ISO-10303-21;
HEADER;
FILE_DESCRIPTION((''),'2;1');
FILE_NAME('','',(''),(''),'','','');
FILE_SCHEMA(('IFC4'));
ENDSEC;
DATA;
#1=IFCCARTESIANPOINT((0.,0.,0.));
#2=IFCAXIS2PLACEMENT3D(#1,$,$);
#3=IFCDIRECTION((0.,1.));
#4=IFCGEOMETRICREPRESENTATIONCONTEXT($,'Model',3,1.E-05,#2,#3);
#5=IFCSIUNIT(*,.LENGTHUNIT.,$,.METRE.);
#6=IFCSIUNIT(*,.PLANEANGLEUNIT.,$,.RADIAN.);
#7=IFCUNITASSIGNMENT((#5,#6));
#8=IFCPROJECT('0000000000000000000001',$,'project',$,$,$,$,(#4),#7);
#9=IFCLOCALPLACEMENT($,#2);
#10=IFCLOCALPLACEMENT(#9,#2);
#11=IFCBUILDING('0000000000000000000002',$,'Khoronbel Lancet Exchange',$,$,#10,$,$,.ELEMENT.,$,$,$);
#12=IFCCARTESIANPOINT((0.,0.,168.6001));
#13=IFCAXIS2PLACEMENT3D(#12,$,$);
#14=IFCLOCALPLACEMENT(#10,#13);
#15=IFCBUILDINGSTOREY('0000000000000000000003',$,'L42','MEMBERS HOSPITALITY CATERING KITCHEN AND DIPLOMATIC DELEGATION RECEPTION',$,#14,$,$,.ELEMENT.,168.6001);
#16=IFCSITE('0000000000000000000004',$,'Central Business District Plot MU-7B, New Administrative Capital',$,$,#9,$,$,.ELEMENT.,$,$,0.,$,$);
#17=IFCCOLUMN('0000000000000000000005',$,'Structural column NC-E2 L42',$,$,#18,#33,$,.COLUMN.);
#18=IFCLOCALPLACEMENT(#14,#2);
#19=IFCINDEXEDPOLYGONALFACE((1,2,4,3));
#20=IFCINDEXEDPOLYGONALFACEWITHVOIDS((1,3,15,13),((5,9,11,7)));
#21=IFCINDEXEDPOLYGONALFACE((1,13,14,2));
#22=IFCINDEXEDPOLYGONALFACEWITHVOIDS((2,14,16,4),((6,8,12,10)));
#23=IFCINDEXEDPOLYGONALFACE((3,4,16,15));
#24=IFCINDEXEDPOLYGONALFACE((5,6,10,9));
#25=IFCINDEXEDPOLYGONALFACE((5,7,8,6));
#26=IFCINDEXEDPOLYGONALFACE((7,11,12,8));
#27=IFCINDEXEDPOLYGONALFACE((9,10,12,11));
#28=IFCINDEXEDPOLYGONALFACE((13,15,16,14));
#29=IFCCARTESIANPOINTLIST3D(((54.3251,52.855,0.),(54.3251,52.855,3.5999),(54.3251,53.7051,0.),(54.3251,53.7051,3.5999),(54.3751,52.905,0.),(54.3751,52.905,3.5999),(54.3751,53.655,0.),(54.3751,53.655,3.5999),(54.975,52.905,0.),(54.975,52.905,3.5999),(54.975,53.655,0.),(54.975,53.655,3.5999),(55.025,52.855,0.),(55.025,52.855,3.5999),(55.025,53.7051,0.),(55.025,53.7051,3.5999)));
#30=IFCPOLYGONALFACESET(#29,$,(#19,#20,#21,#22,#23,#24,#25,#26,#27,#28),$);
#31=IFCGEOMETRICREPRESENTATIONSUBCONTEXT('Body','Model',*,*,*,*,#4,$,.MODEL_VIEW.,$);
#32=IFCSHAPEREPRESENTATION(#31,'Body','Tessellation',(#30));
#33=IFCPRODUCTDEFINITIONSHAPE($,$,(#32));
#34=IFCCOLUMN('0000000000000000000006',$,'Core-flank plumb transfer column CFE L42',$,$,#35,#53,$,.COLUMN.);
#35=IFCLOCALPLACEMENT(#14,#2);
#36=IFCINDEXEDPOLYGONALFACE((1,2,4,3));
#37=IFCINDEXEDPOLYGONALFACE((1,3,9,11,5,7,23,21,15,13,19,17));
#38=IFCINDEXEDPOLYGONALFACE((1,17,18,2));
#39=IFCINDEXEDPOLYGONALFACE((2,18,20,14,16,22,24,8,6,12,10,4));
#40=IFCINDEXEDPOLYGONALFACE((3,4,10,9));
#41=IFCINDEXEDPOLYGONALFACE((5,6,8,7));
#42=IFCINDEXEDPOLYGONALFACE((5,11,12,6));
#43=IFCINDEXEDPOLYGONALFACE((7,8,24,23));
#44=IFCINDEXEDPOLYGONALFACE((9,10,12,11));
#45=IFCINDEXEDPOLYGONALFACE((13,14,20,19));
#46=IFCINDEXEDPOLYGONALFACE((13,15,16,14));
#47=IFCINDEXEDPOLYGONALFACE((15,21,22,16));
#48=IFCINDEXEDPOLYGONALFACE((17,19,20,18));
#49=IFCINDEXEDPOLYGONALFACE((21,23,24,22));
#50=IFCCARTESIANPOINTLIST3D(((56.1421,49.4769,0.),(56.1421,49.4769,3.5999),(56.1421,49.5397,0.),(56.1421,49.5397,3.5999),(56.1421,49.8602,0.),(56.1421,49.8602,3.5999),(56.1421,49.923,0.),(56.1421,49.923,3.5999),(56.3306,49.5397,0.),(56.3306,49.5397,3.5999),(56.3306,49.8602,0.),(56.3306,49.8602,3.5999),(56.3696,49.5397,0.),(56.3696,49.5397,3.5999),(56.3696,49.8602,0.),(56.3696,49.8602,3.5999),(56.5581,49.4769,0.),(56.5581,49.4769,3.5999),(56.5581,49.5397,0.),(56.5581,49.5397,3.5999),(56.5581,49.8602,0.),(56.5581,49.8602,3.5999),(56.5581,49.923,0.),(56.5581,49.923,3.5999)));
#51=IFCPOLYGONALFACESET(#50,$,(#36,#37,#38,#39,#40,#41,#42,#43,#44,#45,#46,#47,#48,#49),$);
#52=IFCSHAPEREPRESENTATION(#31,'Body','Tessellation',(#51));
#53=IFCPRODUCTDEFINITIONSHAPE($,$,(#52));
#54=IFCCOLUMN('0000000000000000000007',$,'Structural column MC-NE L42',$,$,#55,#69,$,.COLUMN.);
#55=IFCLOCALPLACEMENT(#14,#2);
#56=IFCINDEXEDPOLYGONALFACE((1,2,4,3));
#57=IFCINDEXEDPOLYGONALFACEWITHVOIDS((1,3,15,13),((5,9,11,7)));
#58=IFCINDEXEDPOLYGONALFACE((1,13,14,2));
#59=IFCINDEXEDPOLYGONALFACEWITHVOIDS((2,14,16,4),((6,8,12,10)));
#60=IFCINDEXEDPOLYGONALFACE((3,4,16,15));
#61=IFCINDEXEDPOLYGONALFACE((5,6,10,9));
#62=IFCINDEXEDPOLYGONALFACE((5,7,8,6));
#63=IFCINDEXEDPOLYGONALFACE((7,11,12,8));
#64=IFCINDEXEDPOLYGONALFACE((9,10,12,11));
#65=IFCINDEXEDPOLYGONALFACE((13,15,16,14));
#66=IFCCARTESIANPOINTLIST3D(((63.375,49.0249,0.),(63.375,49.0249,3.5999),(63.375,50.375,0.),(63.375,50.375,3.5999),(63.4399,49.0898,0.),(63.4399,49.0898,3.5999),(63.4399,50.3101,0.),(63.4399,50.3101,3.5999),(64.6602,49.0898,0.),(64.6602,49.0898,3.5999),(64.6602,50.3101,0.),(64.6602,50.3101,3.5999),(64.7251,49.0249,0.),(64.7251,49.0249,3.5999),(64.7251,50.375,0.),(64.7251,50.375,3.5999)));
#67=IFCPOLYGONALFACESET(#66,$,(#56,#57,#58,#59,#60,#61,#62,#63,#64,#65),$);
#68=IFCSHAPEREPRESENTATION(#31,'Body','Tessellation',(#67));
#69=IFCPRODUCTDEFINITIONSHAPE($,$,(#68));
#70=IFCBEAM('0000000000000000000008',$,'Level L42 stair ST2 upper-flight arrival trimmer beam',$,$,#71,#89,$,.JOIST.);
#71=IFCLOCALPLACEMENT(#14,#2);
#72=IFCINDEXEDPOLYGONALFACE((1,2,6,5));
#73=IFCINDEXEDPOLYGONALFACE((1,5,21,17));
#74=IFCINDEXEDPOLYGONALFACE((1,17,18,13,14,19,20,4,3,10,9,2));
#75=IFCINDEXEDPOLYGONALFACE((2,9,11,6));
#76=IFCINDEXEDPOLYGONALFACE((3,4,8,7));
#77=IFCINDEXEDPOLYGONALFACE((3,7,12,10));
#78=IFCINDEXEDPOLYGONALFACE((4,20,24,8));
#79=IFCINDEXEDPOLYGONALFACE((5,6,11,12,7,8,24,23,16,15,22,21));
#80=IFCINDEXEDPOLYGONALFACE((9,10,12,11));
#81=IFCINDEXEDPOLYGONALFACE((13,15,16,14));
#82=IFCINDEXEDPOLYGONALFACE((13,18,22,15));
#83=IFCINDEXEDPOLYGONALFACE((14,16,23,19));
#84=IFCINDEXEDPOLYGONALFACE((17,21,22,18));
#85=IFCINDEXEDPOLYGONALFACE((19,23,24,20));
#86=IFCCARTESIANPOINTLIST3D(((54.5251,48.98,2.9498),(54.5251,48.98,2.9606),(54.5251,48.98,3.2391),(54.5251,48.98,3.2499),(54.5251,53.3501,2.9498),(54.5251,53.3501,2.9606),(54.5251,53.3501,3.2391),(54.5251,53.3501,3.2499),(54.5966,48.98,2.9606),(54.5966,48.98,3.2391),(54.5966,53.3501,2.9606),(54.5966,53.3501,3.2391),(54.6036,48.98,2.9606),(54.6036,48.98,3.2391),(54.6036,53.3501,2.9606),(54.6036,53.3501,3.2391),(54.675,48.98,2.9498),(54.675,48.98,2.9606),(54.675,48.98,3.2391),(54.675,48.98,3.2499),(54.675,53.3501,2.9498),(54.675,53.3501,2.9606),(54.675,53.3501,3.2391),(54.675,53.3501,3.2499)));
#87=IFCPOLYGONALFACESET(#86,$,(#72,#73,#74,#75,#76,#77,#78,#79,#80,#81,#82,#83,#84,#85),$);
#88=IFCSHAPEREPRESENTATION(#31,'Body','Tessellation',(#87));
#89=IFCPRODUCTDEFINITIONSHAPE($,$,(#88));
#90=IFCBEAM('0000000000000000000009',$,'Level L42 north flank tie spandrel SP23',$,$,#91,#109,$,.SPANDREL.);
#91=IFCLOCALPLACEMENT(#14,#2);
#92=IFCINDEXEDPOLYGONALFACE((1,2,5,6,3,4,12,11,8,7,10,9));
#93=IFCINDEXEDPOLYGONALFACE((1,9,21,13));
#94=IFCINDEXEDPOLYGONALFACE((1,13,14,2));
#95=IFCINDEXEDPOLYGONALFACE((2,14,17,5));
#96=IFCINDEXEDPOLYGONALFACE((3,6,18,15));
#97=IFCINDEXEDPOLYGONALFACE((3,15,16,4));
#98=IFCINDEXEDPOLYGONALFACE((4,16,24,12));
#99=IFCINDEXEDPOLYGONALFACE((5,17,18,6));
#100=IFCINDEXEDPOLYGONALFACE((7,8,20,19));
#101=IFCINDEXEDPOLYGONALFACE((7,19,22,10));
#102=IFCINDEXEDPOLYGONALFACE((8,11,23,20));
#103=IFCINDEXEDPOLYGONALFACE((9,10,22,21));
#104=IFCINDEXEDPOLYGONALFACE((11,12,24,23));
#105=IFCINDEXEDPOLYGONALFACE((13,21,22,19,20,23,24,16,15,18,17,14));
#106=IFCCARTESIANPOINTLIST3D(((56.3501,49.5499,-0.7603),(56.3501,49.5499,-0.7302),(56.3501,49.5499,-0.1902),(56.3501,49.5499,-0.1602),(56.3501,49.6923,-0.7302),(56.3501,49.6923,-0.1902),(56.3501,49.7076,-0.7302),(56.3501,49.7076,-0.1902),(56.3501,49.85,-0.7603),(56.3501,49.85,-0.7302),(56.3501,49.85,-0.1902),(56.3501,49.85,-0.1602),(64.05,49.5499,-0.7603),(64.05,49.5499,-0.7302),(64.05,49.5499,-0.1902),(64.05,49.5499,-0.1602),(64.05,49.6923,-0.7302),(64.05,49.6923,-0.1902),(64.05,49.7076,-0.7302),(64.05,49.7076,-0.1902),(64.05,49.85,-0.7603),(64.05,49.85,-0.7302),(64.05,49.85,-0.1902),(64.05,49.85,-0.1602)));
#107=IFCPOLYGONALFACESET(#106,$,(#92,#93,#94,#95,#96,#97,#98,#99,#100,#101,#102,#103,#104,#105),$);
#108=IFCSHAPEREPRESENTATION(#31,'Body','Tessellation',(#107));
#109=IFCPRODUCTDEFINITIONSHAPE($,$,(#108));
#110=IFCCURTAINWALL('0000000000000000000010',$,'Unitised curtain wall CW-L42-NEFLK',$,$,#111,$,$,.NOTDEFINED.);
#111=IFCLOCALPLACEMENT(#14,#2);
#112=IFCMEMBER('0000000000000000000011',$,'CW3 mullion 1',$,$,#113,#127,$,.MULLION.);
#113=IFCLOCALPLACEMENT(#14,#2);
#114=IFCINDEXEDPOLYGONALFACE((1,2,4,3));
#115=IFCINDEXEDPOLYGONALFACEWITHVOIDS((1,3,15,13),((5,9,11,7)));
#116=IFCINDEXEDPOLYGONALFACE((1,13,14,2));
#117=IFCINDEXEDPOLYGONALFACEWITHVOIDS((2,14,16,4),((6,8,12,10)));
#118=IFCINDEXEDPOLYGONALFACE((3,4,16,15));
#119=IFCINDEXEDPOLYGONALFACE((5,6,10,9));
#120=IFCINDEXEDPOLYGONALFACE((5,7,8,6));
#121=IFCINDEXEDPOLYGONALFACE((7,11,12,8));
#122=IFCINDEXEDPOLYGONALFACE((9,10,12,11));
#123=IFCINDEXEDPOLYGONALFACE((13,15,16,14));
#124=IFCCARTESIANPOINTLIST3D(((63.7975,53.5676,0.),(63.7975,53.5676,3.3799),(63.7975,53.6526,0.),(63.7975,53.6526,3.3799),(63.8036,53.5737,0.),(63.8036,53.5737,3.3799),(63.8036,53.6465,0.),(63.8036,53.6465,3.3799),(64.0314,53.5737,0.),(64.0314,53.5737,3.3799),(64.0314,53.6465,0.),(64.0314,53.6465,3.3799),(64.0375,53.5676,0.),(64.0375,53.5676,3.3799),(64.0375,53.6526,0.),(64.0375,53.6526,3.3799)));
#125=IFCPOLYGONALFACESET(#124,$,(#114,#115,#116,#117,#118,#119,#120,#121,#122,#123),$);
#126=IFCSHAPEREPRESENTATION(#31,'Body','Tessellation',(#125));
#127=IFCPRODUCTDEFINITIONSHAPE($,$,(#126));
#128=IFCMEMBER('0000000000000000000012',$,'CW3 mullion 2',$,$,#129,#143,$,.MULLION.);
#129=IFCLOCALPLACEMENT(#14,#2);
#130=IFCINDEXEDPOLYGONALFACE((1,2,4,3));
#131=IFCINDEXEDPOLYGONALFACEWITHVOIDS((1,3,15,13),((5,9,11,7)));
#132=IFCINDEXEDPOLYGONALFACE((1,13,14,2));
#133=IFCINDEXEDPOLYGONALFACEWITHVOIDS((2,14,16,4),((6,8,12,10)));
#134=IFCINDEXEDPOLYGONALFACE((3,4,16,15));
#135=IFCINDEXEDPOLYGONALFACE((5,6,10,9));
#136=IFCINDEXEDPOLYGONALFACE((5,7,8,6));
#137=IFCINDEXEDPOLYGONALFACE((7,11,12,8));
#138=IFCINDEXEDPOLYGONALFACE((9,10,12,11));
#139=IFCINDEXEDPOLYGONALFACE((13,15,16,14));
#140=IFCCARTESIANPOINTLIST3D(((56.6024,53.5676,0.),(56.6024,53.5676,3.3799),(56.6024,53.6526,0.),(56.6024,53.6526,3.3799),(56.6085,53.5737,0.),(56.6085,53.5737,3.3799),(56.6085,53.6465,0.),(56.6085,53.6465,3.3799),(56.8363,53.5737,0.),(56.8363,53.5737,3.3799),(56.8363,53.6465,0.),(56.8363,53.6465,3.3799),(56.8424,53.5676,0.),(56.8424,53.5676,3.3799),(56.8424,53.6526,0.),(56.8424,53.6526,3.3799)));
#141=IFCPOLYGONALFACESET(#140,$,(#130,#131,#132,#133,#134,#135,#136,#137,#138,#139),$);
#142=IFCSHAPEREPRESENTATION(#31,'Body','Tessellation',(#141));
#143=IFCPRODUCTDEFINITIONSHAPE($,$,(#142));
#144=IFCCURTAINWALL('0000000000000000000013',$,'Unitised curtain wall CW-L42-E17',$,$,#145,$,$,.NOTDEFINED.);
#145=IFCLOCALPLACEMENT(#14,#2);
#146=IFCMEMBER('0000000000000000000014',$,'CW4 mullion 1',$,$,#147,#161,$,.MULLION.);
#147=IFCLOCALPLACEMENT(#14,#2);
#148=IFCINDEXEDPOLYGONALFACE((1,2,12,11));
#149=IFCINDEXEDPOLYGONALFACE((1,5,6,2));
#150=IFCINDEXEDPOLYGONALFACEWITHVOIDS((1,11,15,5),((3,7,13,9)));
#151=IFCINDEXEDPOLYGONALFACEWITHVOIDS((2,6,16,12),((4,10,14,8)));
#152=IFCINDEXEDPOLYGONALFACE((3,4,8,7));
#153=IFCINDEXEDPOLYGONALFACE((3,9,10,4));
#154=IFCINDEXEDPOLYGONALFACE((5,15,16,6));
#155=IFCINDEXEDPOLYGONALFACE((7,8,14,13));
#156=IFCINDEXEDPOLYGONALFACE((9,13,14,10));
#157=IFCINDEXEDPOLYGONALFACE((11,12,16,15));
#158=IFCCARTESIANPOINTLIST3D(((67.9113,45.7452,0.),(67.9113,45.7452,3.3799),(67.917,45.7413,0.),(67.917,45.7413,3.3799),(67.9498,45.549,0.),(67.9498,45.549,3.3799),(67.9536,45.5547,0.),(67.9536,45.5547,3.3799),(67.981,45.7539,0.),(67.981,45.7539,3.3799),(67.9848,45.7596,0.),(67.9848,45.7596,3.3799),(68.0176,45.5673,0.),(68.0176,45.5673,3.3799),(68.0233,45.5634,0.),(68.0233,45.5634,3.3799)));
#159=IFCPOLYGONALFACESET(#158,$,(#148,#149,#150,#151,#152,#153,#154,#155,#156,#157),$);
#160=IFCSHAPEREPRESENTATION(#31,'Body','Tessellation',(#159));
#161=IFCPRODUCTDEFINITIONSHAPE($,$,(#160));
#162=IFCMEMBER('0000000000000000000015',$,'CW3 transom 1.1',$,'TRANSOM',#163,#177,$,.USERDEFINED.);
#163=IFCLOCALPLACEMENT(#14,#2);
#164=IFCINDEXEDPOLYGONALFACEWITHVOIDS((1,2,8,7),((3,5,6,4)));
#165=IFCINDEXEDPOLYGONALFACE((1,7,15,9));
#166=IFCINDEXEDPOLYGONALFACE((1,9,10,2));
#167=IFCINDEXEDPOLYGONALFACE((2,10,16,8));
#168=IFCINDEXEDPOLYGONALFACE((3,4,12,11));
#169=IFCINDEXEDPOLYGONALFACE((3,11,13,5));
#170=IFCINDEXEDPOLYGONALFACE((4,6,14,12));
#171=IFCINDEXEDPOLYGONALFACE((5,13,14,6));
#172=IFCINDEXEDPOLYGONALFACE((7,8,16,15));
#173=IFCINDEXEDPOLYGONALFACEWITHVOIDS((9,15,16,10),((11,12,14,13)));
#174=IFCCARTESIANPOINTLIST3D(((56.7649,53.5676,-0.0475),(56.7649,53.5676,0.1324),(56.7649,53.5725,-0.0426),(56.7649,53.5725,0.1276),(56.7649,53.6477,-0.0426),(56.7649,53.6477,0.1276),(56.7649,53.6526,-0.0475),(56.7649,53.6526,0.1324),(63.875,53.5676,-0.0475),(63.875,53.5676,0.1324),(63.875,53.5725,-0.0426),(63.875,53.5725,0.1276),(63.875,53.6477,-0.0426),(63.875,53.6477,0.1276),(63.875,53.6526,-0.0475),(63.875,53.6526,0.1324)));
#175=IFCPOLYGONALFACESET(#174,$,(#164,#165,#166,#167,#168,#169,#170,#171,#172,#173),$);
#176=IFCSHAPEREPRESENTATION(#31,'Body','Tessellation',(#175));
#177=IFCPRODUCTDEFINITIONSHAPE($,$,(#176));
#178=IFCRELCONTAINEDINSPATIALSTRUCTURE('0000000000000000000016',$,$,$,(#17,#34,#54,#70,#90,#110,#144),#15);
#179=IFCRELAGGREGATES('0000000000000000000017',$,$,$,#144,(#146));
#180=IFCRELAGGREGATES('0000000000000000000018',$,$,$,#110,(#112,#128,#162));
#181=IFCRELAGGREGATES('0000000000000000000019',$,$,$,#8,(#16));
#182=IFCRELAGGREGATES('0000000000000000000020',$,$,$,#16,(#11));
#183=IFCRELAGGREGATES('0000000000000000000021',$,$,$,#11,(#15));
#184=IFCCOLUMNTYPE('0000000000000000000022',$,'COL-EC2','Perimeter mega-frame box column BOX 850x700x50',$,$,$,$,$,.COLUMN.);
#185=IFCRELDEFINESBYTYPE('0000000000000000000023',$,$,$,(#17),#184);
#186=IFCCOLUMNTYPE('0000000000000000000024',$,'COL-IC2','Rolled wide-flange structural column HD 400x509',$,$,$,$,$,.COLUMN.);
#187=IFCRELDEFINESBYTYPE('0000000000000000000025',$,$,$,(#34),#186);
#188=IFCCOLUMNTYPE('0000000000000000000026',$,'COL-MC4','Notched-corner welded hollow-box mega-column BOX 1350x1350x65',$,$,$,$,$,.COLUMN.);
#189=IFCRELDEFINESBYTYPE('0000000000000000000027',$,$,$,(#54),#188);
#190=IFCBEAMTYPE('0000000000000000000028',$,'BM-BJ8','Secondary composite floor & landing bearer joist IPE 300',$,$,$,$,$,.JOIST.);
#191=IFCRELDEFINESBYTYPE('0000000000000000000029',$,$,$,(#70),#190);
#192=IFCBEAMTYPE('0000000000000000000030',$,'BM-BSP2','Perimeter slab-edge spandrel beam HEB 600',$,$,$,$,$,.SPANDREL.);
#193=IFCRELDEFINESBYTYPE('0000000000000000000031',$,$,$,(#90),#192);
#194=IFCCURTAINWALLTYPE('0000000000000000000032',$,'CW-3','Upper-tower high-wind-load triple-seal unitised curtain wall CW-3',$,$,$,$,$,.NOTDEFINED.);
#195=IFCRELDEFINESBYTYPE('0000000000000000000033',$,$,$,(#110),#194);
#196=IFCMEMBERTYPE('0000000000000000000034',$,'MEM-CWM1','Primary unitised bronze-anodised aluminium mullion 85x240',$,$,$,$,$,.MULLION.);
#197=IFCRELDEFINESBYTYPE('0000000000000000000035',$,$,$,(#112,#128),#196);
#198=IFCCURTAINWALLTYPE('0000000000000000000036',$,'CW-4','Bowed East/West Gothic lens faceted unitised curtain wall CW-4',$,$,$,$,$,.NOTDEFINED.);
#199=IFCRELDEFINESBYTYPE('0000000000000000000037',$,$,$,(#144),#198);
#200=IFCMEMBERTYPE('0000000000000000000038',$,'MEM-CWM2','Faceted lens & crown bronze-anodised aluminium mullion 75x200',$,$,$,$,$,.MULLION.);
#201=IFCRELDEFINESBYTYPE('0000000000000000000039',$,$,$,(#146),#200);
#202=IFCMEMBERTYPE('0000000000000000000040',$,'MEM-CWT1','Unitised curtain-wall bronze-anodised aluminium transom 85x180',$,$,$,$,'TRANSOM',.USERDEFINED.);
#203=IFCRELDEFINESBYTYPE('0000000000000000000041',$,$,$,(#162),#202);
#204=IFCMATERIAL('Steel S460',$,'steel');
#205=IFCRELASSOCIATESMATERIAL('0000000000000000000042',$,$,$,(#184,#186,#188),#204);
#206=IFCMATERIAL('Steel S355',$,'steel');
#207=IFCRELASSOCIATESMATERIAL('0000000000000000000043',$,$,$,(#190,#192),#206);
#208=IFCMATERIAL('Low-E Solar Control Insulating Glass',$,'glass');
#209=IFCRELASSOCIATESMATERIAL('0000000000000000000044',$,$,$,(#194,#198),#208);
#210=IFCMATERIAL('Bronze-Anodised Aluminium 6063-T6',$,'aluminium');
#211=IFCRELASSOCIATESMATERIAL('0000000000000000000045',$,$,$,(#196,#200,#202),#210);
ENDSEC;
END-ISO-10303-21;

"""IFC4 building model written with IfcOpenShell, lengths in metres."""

from ifc_helpers import new_model, si_unit, direction, frame, origin, origin_2d, place, context, subcontext, project, spatial, hollow_rectangle, i_section, extrude, material, material_profile, profile_set, type_object, element, aggregate, save


model = new_model("IFC4")

# Units and contexts
model_context = context("Model", 3, precision=1e-05, world=origin(), true_north=direction((0.0, 1.0)))
body_context = subcontext(model_context, "Body", "Model", "MODEL_VIEW")
ifc_project = project(units=[si_unit("LENGTHUNIT", "METRE"), si_unit("PLANEANGLEUNIT", "RADIAN")], contexts=[model_context])

# Site, building, storey
site_placement = place(None, origin())
site = spatial("IfcSite", under=ifc_project, at=site_placement, Name="Central Business District Plot MU-7B, New Administrative Capital", CompositionType="ELEMENT", RefElevation=0.0)
building_placement = place(site_placement, origin())
building = spatial("IfcBuilding", under=site, at=building_placement, Name="Khoronbel Lancet Exchange", CompositionType="ELEMENT")
storey_placement = place(building_placement, frame((0.0, 0.0, 168.6001)))
storey = spatial("IfcBuildingStorey", under=building, at=storey_placement, Name="L42", Description="MEMBERS HOSPITALITY CATERING KITCHEN AND DIPLOMATIC DELEGATION RECEPTION", CompositionType="ELEMENT", Elevation=168.6001)

# Columns
ifc_material_1 = material(Name="Steel S460", Category="steel")
ifc_material_profile_1 = material_profile(ifc_material_1, hollow_rectangle(XDim=0.7, YDim=0.8501, WallThickness=0.05, at=origin_2d()), Name="BOX 850x700x50")
ifc_profile_set_1 = profile_set([ifc_material_profile_1], Name="Steel S460")
column_type_1 = type_object("IfcColumnType", Name="COL-EC2", Description="Perimeter mega-frame box column BOX 850x700x50", PredefinedType="COLUMN", material=ifc_profile_set_1)
column_1_placement = place(storey_placement, frame((54.675, 53.28, 0.0), z_axis=(0.0, 0.0, 1.0), x_axis=(1.0, 0.0, 0.0)))
element("IfcColumn", 1, at=column_1_placement, inside=storey, type_object=column_type_1, Name="Structural column NC-E2 L42", PredefinedType="COLUMN", context=body_context, shape_type="SweptSolid", body=[
    extrude(hollow_rectangle(XDim=0.7, YDim=0.8501, WallThickness=0.05, at=origin_2d()), origin(), (0.0, 0.0, 1.0), 3.5999),
])
ifc_material_profile_2 = material_profile(ifc_material_1, i_section(OverallWidth=0.416, OverallDepth=0.446, WebThickness=0.0391, FlangeThickness=0.0627, at=origin_2d()), Name="HD 400x509")
ifc_profile_set_2 = profile_set([ifc_material_profile_2], Name="Steel S460")
column_type_2 = type_object("IfcColumnType", Name="COL-IC2", Description="Rolled wide-flange structural column HD 400x509", PredefinedType="COLUMN", material=ifc_profile_set_2)
column_2_placement = place(storey_placement, frame((56.3501, 49.7, 0.0), z_axis=(0.0, 0.0, 1.0), x_axis=(1.0, 0.0, 0.0)))
element("IfcColumn", 2, at=column_2_placement, inside=storey, type_object=column_type_2, Name="Core-flank plumb transfer column CFE L42", PredefinedType="COLUMN", context=body_context, shape_type="SweptSolid", body=[
    extrude(i_section(OverallWidth=0.416, OverallDepth=0.446, WebThickness=0.0391, FlangeThickness=0.0627, at=origin_2d()), origin(), (0.0, 0.0, 1.0), 3.5999),
])
ifc_material_profile_3 = material_profile(ifc_material_1, hollow_rectangle(XDim=1.3501, YDim=1.3501, WallThickness=0.0649, at=origin_2d()), Name="BOX 1350x1350x65")
ifc_profile_set_3 = profile_set([ifc_material_profile_3], Name="Steel S460")
column_type_3 = type_object("IfcColumnType", Name="COL-MC4", Description="Notched-corner welded hollow-box mega-column BOX 1350x1350x65", PredefinedType="COLUMN", material=ifc_profile_set_3)
column_3_placement = place(storey_placement, frame((64.05, 49.7, 0.0), z_axis=(0.0, 0.0, 1.0), x_axis=(1.0, 0.0, 0.0)))
element("IfcColumn", 3, at=column_3_placement, inside=storey, type_object=column_type_3, Name="Structural column MC-NE L42", PredefinedType="COLUMN", context=body_context, shape_type="SweptSolid", body=[
    extrude(hollow_rectangle(XDim=1.3501, YDim=1.3501, WallThickness=0.0649, at=origin_2d()), origin(), (0.0, 0.0, 1.0), 3.5999),
])

# Beams
ifc_material_2 = material(Name="Steel S355", Category="steel")
ifc_material_profile_4 = material_profile(ifc_material_2, i_section(OverallWidth=0.1499, OverallDepth=0.3, WebThickness=0.0071, FlangeThickness=0.0107, at=origin_2d()), Name="IPE 300")
ifc_profile_set_4 = profile_set([ifc_material_profile_4], Name="Steel S355")
beam_type_1 = type_object("IfcBeamType", Name="BM-BJ8", Description="Secondary composite floor & landing bearer joist IPE 300", PredefinedType="JOIST", material=ifc_profile_set_4)
beam_1_placement = place(storey_placement, frame((54.6001, 48.98, 3.0999), z_axis=(0.0, 1.0, 0.0), x_axis=(-1.0, 0.0, 0.0)))
element("IfcBeam", 4, at=beam_1_placement, inside=storey, type_object=beam_type_1, Name="Level L42 stair ST2 upper-flight arrival trimmer beam", PredefinedType="JOIST", context=body_context, shape_type="SweptSolid", body=[
    extrude(i_section(OverallWidth=0.1499, OverallDepth=0.3, WebThickness=0.0071, FlangeThickness=0.0107, at=origin_2d()), origin(), (0.0, 0.0, 1.0), 4.3701),
])
ifc_material_profile_5 = material_profile(ifc_material_2, i_section(OverallWidth=0.3, OverallDepth=0.6001, WebThickness=0.0154, FlangeThickness=0.03, at=origin_2d()), Name="HEB 600")
ifc_profile_set_5 = profile_set([ifc_material_profile_5], Name="Steel S355")
beam_type_2 = type_object("IfcBeamType", Name="BM-BSP2", Description="Perimeter slab-edge spandrel beam HEB 600", PredefinedType="SPANDREL", material=ifc_profile_set_5)
beam_2_placement = place(storey_placement, frame((64.05, 49.7, -0.4602), z_axis=(-1.0, 0.0, 0.0), x_axis=(0.0, -1.0, 0.0)))
element("IfcBeam", 5, at=beam_2_placement, inside=storey, type_object=beam_type_2, Name="Level L42 north flank tie spandrel SP23", PredefinedType="SPANDREL", context=body_context, shape_type="SweptSolid", body=[
    extrude(i_section(OverallWidth=0.3, OverallDepth=0.6001, WebThickness=0.0154, FlangeThickness=0.03, at=origin_2d()), origin(), (0.0, 0.0, 1.0), 7.7),
])

# Curtain wall, members
ifc_material_3 = material(Name="Low-E Solar Control Insulating Glass", Category="glass")
curtain_wall_type_1 = type_object("IfcCurtainWallType", Name="CW-3", Description="Upper-tower high-wind-load triple-seal unitised curtain wall CW-3", PredefinedType="NOTDEFINED", material=ifc_material_3)
curtain_wall_1_placement = place(storey_placement, origin())
curtain_wall_1 = element("IfcCurtainWall", 6, at=curtain_wall_1_placement, inside=storey, type_object=curtain_wall_type_1, Name="Unitised curtain wall CW-L42-NEFLK", PredefinedType="NOTDEFINED")
ifc_material_4 = material(Name="Bronze-Anodised Aluminium 6063-T6", Category="aluminium")
ifc_material_profile_6 = material_profile(ifc_material_4, hollow_rectangle(XDim=0.085, YDim=0.24, WallThickness=0.0061, at=origin_2d()), Name="ALU MULLION 85x240")
ifc_profile_set_6 = profile_set([ifc_material_profile_6], Name="Bronze-Anodised Aluminium 6063-T6")
member_type_1 = type_object("IfcMemberType", Name="MEM-CWM1", Description="Primary unitised bronze-anodised aluminium mullion 85x240", PredefinedType="MULLION", material=ifc_profile_set_6)
member_1_placement = place(storey_placement, frame((63.9175, 53.6101, 0.0), z_axis=(0.0, 0.0, 1.0), x_axis=(0.0, -1.0, 0.0)))
member_1 = element("IfcMember", 7, at=member_1_placement, type_object=member_type_1, Name="CW3 mullion 1", PredefinedType="MULLION", context=body_context, shape_type="SweptSolid", body=[
    extrude(hollow_rectangle(XDim=0.085, YDim=0.24, WallThickness=0.0061, at=origin_2d()), origin(), (0.0, 0.0, 1.0), 3.3799),
])
member_2_placement = place(storey_placement, frame((56.7224, 53.6101, 0.0), z_axis=(0.0, 0.0, 1.0), x_axis=(0.0, -1.0, 0.0)))
member_2 = element("IfcMember", 8, at=member_2_placement, type_object=member_type_1, Name="CW3 mullion 2", PredefinedType="MULLION", context=body_context, shape_type="SweptSolid", body=[
    extrude(hollow_rectangle(XDim=0.085, YDim=0.24, WallThickness=0.0061, at=origin_2d()), origin(), (0.0, 0.0, 1.0), 3.3799),
])

# Curtain wall, member
curtain_wall_type_2 = type_object("IfcCurtainWallType", Name="CW-4", Description="Bowed East/West Gothic lens faceted unitised curtain wall CW-4", PredefinedType="NOTDEFINED", material=ifc_material_3)
curtain_wall_2_placement = place(storey_placement, origin())
curtain_wall_2 = element("IfcCurtainWall", 9, at=curtain_wall_2_placement, inside=storey, type_object=curtain_wall_type_2, Name="Unitised curtain wall CW-L42-E17", PredefinedType="NOTDEFINED")
ifc_material_profile_7 = material_profile(ifc_material_4, hollow_rectangle(XDim=0.075, YDim=0.2, WallThickness=0.0049, at=origin_2d()), Name="ALU MULLION 75x200")
ifc_profile_set_7 = profile_set([ifc_material_profile_7], Name="Bronze-Anodised Aluminium 6063-T6")
member_type_2 = type_object("IfcMemberType", Name="MEM-CWM2", Description="Faceted lens & crown bronze-anodised aluminium mullion 75x200", PredefinedType="MULLION", material=ifc_profile_set_7)
member_3_placement = place(storey_placement, frame((67.9673, 45.6543, 0.0), z_axis=(0.0, 0.0, 1.0), x_axis=(0.981272, 0.192627, 0.0)))
member_3 = element("IfcMember", 10, at=member_3_placement, type_object=member_type_2, Name="CW4 mullion 1", PredefinedType="MULLION", context=body_context, shape_type="SweptSolid", body=[
    extrude(hollow_rectangle(XDim=0.075, YDim=0.2, WallThickness=0.0049, at=origin_2d()), origin(), (0.0, 0.0, 1.0), 3.3799),
])
aggregate(curtain_wall_2, [member_3])

# Member
ifc_material_profile_8 = material_profile(ifc_material_4, hollow_rectangle(XDim=0.085, YDim=0.1799, WallThickness=0.0049, at=origin_2d()), Name="ALU TRANSOM 85x180")
ifc_profile_set_8 = profile_set([ifc_material_profile_8], Name="Bronze-Anodised Aluminium 6063-T6")
member_type_3 = type_object("IfcMemberType", Name="MEM-CWT1", Description="Unitised curtain-wall bronze-anodised aluminium transom 85x180", ElementType="TRANSOM", PredefinedType="USERDEFINED", material=ifc_profile_set_8)
member_4_placement = place(storey_placement, frame((63.875, 53.6101, 0.0425), z_axis=(-1.0, 0.0, 0.0), x_axis=(0.0, -1.0, 0.0)))
member_4 = element("IfcMember", 11, at=member_4_placement, type_object=member_type_3, Name="CW3 transom 1.1", ObjectType="TRANSOM", PredefinedType="USERDEFINED", context=body_context, shape_type="SweptSolid", body=[
    extrude(hollow_rectangle(XDim=0.085, YDim=0.1799, WallThickness=0.0049, at=origin_2d()), origin(), (0.0, 0.0, 1.0), 7.1101),
])

aggregate(curtain_wall_1, [member_1, member_2, member_4])

save(model, "model.ifc")
